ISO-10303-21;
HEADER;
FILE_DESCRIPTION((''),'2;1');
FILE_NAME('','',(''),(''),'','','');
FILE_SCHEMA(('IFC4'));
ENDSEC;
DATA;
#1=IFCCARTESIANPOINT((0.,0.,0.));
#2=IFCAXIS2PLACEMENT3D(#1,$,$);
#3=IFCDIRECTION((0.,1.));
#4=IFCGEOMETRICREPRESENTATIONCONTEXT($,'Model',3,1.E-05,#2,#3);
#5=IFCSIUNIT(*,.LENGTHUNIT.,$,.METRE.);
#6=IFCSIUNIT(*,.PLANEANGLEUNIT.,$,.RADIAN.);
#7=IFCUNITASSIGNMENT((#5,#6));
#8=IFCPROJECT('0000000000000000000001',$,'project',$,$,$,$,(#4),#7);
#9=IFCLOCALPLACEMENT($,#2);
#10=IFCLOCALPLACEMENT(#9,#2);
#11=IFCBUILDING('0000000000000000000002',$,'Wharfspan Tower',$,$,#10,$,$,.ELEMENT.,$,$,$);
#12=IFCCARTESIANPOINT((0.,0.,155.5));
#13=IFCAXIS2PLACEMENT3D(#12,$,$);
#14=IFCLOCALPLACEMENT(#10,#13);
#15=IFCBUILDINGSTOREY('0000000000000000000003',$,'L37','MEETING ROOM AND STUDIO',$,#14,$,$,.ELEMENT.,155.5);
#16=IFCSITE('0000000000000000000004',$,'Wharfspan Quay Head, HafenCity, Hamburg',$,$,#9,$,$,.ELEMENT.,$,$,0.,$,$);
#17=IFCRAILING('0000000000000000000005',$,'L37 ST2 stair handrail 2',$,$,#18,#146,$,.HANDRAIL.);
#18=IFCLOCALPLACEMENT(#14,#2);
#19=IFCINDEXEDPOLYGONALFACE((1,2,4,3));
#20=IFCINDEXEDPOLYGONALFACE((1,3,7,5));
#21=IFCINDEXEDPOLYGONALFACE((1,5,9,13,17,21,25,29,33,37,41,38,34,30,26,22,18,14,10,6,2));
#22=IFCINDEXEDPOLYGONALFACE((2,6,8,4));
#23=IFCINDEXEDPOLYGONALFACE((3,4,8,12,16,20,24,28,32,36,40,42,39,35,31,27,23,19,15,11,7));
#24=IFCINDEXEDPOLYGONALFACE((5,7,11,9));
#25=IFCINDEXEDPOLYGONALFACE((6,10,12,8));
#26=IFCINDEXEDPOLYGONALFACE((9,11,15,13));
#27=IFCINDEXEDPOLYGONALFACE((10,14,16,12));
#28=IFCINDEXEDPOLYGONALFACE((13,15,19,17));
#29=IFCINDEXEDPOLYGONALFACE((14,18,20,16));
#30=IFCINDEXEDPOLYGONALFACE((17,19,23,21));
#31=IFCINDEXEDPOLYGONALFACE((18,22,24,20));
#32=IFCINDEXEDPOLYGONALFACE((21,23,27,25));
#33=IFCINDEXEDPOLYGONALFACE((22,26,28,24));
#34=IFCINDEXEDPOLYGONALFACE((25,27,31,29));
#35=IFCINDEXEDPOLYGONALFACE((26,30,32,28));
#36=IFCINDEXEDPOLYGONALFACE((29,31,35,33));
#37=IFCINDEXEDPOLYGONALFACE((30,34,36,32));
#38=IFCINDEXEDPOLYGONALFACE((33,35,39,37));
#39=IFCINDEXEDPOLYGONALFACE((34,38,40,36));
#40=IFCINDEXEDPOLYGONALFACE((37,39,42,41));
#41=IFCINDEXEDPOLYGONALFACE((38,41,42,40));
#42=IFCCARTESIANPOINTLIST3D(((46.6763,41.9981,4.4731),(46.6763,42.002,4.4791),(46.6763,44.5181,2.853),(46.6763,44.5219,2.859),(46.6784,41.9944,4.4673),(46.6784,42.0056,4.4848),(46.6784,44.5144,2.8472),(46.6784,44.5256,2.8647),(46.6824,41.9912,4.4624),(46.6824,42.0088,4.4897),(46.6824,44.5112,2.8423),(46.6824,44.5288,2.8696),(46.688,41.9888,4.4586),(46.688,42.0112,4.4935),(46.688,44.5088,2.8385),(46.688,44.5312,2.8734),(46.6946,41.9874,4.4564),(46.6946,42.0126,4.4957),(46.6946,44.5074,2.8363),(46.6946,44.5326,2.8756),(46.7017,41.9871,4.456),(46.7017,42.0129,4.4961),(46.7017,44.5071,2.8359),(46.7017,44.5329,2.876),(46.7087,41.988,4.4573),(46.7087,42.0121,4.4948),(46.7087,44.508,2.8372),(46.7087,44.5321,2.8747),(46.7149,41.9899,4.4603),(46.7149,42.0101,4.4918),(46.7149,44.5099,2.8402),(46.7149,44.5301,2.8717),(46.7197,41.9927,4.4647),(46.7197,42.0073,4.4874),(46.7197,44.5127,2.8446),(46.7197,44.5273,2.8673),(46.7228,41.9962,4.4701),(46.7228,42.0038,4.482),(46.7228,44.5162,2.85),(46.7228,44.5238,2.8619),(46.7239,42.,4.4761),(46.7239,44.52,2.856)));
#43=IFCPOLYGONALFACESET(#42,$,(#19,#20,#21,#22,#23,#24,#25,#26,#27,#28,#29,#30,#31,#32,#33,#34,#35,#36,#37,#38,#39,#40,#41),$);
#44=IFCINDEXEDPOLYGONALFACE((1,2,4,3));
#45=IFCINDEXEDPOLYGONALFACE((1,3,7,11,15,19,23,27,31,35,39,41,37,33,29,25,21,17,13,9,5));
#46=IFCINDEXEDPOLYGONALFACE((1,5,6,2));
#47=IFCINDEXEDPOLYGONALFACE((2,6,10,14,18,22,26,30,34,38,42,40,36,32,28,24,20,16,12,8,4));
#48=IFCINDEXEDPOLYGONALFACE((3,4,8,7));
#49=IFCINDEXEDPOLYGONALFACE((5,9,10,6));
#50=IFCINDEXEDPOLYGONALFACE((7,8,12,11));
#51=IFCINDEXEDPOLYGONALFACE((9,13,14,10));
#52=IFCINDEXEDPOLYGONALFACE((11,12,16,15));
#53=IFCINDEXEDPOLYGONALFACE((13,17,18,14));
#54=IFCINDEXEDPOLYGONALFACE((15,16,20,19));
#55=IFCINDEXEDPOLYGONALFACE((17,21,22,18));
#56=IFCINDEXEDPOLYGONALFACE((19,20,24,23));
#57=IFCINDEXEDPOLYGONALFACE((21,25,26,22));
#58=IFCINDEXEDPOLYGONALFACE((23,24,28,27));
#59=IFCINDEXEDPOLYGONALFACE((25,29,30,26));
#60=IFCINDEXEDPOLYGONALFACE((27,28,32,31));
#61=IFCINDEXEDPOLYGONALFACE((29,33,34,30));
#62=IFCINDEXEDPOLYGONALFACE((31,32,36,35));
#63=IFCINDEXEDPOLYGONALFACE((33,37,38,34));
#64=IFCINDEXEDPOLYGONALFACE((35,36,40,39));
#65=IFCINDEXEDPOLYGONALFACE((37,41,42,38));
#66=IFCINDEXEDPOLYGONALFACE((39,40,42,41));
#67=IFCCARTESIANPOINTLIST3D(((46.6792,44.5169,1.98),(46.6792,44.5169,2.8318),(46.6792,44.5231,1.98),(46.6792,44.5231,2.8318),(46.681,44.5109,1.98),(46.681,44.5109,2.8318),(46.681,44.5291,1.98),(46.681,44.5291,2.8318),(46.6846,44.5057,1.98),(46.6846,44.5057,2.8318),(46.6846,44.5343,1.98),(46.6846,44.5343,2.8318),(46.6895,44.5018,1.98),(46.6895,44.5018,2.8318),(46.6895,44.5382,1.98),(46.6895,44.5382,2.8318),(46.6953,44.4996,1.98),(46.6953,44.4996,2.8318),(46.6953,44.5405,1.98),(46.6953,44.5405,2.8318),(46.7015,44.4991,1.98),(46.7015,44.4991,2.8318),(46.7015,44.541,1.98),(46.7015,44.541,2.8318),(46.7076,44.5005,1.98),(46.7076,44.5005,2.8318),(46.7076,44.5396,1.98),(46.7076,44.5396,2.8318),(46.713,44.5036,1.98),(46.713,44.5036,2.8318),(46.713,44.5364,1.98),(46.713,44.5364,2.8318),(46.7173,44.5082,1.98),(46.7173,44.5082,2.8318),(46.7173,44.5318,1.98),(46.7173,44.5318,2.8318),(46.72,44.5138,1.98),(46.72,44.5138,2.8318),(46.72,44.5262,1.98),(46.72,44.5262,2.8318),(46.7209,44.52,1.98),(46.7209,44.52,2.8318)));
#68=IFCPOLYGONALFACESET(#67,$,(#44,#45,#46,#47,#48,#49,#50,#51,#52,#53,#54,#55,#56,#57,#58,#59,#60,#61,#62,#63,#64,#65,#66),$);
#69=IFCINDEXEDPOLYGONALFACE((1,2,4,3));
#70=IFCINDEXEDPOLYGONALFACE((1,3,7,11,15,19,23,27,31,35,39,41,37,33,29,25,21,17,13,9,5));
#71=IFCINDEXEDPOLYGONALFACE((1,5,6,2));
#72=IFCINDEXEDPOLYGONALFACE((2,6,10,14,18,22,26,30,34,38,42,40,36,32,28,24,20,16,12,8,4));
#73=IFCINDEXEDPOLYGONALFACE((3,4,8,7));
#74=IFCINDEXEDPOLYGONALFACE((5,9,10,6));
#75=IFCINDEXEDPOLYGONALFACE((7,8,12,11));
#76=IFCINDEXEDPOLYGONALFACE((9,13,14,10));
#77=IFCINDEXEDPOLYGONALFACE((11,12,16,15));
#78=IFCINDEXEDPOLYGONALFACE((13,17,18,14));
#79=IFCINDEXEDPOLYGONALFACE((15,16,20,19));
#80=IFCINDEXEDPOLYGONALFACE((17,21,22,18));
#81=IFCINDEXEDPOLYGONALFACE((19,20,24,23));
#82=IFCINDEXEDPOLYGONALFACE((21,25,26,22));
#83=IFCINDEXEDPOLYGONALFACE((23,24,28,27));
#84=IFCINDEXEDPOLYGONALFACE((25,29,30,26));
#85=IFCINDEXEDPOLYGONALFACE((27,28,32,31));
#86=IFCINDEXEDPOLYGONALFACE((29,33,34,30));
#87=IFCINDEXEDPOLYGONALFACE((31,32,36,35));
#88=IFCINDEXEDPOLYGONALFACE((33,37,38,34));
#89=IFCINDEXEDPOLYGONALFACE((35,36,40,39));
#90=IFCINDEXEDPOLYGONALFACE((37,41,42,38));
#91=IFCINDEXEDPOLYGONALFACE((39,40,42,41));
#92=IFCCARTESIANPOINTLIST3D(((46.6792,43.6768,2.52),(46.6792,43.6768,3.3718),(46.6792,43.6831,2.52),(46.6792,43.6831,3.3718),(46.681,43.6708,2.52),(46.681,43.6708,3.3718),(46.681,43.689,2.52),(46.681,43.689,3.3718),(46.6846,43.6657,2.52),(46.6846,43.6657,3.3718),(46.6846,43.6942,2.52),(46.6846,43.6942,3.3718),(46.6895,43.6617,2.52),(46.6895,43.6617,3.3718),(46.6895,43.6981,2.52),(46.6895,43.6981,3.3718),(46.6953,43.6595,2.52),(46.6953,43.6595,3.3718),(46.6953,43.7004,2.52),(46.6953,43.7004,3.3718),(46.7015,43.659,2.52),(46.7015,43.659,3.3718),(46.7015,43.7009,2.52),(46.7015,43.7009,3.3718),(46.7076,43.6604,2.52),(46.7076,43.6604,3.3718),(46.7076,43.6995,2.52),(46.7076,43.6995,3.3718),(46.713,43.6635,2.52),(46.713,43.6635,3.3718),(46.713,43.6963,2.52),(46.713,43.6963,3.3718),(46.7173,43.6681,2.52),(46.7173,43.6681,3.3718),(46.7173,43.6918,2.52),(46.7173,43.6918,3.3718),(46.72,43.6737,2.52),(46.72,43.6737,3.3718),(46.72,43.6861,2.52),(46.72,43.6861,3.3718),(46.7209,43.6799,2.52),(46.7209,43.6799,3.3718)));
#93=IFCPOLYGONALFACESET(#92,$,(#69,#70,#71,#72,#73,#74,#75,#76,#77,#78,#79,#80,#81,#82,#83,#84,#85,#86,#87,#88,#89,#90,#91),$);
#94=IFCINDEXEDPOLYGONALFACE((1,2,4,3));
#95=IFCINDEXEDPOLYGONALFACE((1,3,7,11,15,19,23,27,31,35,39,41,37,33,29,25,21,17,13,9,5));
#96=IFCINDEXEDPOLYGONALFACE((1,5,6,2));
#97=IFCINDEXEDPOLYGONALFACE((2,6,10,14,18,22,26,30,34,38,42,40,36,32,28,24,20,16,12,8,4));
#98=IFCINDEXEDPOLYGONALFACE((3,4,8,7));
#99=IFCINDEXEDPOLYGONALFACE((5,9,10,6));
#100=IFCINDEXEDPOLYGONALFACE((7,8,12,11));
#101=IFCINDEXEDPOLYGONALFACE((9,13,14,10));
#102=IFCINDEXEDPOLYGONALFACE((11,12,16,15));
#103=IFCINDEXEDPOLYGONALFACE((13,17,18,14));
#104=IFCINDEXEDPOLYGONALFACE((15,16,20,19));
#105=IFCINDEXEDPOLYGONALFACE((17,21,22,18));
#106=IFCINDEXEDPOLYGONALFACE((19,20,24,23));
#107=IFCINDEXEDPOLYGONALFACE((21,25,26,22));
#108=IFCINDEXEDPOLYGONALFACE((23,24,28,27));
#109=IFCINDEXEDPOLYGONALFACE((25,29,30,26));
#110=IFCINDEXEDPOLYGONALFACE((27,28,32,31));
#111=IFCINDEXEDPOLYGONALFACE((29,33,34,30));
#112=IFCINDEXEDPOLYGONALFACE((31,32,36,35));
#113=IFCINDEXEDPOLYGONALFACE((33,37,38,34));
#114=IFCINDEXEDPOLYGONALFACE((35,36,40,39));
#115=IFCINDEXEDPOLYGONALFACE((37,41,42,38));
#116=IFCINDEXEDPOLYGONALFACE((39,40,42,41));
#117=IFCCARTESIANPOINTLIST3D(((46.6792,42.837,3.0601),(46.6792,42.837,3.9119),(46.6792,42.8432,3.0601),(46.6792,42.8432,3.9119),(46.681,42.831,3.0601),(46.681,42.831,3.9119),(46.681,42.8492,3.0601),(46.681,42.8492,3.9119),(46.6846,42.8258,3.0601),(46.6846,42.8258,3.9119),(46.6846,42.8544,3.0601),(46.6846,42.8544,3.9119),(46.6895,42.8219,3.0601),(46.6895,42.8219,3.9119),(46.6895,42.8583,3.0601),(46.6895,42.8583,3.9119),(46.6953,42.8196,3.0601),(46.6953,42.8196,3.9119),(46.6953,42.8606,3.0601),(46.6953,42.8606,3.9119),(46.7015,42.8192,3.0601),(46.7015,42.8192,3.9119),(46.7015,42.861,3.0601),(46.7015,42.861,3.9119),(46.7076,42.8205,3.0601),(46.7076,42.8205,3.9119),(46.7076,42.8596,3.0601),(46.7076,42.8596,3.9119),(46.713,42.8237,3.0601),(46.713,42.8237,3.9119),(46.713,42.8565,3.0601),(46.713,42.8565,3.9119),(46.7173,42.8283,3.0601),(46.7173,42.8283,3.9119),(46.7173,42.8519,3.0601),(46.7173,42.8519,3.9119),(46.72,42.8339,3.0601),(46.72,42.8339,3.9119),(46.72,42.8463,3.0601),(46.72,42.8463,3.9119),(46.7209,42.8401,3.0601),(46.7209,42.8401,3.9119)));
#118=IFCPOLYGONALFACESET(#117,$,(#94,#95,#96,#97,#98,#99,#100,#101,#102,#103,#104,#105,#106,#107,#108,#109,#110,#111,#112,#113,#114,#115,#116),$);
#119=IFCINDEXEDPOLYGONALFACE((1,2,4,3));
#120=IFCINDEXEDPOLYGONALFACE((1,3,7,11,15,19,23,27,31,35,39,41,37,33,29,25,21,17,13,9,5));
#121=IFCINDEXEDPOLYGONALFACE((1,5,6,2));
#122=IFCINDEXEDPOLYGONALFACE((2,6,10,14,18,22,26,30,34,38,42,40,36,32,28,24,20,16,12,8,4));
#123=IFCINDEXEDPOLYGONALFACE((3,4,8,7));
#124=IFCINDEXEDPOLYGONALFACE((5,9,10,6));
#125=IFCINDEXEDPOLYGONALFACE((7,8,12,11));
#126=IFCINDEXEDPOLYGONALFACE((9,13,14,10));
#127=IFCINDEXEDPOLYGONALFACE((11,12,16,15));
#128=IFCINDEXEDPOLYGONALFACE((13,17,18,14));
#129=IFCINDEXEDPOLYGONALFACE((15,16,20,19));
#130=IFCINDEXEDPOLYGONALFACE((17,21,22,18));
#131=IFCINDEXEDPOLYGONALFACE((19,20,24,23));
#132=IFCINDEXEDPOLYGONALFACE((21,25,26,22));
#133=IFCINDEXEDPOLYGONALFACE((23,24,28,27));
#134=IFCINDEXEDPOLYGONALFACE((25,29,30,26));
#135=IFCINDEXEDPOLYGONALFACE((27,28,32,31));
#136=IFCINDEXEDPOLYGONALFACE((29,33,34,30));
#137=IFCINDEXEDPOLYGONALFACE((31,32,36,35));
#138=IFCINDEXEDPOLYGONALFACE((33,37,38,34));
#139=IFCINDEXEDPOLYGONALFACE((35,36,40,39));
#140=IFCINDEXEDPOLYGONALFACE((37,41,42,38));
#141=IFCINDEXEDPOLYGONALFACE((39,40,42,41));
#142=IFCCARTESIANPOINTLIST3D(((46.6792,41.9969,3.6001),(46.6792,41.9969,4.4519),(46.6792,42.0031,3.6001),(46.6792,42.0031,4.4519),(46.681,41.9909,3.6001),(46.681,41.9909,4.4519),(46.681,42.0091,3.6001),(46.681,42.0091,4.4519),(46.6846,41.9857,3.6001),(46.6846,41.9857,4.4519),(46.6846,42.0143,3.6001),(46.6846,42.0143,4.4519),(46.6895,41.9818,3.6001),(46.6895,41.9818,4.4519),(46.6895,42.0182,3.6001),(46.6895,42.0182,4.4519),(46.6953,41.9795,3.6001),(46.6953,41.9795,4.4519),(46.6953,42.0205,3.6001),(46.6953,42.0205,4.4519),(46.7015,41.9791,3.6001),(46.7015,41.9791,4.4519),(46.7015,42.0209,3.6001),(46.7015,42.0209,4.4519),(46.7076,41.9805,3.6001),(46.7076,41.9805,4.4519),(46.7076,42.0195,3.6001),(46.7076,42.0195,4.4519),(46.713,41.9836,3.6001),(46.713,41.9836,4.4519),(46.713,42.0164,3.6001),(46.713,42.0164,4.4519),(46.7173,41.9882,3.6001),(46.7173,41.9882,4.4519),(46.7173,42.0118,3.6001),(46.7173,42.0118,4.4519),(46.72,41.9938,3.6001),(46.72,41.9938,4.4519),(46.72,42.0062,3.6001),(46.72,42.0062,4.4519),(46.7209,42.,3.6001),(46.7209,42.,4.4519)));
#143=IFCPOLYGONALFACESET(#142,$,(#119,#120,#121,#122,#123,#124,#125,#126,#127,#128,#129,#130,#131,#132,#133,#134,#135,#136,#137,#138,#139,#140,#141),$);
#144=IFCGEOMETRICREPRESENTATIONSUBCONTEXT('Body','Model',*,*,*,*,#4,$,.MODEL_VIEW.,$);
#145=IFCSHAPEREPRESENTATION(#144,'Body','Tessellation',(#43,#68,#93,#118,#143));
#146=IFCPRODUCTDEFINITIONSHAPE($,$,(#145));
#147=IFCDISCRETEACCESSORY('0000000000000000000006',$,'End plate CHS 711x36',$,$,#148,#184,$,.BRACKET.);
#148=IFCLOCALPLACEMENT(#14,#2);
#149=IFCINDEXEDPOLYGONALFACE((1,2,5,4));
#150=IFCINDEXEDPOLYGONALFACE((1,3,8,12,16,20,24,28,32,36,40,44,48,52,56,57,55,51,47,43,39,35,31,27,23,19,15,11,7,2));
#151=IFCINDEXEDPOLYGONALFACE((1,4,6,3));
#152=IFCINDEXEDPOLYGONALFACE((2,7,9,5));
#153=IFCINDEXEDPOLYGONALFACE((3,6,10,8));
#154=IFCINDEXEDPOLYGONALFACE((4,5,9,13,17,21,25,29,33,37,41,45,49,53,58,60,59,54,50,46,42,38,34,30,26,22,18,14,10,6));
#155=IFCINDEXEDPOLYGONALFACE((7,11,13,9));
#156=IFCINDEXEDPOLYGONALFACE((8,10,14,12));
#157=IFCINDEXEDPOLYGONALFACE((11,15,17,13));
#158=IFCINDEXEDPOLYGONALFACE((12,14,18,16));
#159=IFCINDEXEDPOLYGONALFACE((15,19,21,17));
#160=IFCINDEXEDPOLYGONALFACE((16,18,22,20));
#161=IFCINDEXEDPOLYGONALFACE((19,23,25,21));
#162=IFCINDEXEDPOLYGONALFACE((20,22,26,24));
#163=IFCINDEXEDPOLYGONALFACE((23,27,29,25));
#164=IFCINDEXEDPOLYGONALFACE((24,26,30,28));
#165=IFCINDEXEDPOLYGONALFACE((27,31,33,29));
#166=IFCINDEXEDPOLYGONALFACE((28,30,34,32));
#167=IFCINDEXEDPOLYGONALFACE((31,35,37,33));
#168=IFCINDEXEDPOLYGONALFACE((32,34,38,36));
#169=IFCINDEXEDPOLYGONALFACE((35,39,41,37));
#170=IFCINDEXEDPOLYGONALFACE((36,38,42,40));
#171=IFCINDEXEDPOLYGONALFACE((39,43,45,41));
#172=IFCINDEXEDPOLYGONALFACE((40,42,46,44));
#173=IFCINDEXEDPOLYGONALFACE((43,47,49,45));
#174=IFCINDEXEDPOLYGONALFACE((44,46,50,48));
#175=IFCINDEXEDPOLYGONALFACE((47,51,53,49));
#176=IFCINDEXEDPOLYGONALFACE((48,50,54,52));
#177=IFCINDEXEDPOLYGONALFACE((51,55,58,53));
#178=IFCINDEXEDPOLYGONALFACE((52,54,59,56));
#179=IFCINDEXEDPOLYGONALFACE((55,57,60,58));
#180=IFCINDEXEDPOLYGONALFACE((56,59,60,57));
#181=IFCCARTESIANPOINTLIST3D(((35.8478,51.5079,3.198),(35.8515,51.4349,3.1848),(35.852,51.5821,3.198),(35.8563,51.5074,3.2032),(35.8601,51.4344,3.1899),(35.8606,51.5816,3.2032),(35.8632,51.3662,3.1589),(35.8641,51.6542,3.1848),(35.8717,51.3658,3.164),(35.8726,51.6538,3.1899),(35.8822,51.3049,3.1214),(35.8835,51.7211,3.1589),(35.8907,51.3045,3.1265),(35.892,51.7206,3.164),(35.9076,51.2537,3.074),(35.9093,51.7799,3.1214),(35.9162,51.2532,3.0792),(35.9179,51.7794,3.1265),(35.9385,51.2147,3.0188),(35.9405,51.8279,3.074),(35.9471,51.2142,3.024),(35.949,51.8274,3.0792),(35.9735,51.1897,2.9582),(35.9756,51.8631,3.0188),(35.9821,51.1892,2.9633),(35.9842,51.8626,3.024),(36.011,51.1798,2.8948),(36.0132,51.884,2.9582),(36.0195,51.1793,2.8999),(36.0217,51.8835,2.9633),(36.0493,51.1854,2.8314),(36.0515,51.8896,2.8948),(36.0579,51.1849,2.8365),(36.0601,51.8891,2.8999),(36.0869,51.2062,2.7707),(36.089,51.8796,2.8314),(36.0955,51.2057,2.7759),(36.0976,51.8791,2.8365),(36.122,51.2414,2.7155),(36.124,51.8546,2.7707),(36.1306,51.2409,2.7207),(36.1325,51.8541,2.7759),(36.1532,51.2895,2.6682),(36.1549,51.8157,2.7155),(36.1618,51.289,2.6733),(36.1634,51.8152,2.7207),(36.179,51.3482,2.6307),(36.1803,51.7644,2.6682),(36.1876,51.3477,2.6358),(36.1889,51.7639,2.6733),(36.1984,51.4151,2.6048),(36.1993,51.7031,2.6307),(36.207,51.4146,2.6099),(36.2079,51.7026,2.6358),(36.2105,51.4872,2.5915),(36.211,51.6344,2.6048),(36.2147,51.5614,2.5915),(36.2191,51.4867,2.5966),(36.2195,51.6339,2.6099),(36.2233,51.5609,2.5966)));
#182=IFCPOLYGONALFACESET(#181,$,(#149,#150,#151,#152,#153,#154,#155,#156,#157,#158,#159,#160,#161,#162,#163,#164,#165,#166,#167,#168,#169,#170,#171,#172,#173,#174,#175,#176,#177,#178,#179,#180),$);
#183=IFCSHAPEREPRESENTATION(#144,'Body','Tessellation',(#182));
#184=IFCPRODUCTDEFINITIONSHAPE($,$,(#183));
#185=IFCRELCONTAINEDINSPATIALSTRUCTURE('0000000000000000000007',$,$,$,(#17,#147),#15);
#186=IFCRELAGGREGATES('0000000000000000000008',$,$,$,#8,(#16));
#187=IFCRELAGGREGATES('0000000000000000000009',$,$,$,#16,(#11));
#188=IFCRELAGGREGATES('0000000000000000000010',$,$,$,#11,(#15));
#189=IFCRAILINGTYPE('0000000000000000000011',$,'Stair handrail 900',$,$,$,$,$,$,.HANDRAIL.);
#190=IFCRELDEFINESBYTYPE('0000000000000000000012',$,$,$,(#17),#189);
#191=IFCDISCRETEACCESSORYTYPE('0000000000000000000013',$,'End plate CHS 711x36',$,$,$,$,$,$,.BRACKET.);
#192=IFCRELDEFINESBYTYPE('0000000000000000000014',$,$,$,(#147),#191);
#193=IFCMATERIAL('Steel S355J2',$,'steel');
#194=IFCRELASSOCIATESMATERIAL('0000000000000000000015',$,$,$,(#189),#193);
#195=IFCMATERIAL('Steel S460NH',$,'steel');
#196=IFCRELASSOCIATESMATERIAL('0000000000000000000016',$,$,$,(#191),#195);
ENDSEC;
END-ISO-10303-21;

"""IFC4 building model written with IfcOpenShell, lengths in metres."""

from ifc_helpers import new_model, si_unit, direction, frame, origin, origin_2d, place, context, subcontext, project, spatial, circle, extrude, material, material_profile, profile_set, type_object, element, save


model = new_model("IFC4")

# Units and contexts
model_context = context("Model", 3, precision=1e-05, world=origin(), true_north=direction((0.0, 1.0)))
body_context = subcontext(model_context, "Body", "Model", "MODEL_VIEW")
ifc_project = project(units=[si_unit("LENGTHUNIT", "METRE"), si_unit("PLANEANGLEUNIT", "RADIAN")], contexts=[model_context])

# Site, building, storey
site_placement = place(None, origin())
site = spatial("IfcSite", under=ifc_project, at=site_placement, Name="Wharfspan Quay Head, HafenCity, Hamburg", CompositionType="ELEMENT", RefElevation=0.0)
building_placement = place(site_placement, origin())
building = spatial("IfcBuilding", under=site, at=building_placement, Name="Wharfspan Tower", CompositionType="ELEMENT")
storey_placement = place(building_placement, frame((0.0, 0.0, 155.5)))
storey = spatial("IfcBuildingStorey", under=building, at=storey_placement, Name="L37", Description="MEETING ROOM AND STUDIO", CompositionType="ELEMENT", Elevation=155.5)

# Shared definitions
ifc_material_1 = material(Name="Steel S355J2", Category="steel")

# Shared definitions
ifc_material_2 = material(Name="Steel S460NH", Category="steel")

# Railing
railing_type = type_object("IfcRailingType", Name="Stair handrail 900", PredefinedType="HANDRAIL", material=ifc_material_1)
railing_placement = place(storey_placement, frame((46.7, 44.52, 1.98)))
element("IfcRailing", 1, at=railing_placement, inside=storey, type_object=railing_type, Name="L37 ST2 stair handrail 2", PredefinedType="HANDRAIL", context=body_context, shape_type="SweptSolid", body=[
    extrude(circle(Radius=0.0239, at=origin_2d()), frame((0.0, 0.0, 0.876), z_axis=(0.0, -0.841163, 0.540782), x_axis=(1.0, 0.0, 0.0)), (0.0, 0.0, 1.0), 2.9958),
    extrude(circle(Radius=0.021, at=origin_2d()), origin(), (0.0, 0.0, 1.0), 0.8518),
    extrude(circle(Radius=0.021, at=origin_2d()), frame((0.0, -0.8401, 0.54)), (0.0, 0.0, 1.0), 0.8518),
    extrude(circle(Radius=0.021, at=origin_2d()), frame((0.0, -1.6799, 1.0801)), (0.0, 0.0, 1.0), 0.8518),
    extrude(circle(Radius=0.021, at=origin_2d()), frame((0.0, -2.52, 1.6201)), (0.0, 0.0, 1.0), 0.8518),
])

# Discrete accessory
ifc_material_profile_1 = material_profile(ifc_material_2, circle(Radius=0.3555, at=origin_2d()))
ifc_profile_set_1 = profile_set([ifc_material_profile_1], Name="Steel S460NH")
discrete_accessory_type = type_object("IfcDiscreteAccessoryType", Name="End plate CHS 711x36", PredefinedType="BRACKET", material=ifc_profile_set_1)
for number, where, z_axis, x_axis, name in (
    (2, (36.0312, 51.5347, 2.8948), (0.856465, -0.048941, 0.513879), (0.05705, 0.998372, 0.0), "End plate CHS 711x36"),
):
    element("IfcDiscreteAccessory", number, at=place(storey_placement, frame(where, z_axis=z_axis, x_axis=x_axis)), inside=storey, type_object=discrete_accessory_type, Name=name, PredefinedType="BRACKET", context=body_context, shape_type="SweptSolid", body=[
        extrude(circle(Radius=0.3555, at=origin_2d()), origin(), (0.0, 0.0, 1.0), 0.01),
    ])

save(model, "model.ifc")
